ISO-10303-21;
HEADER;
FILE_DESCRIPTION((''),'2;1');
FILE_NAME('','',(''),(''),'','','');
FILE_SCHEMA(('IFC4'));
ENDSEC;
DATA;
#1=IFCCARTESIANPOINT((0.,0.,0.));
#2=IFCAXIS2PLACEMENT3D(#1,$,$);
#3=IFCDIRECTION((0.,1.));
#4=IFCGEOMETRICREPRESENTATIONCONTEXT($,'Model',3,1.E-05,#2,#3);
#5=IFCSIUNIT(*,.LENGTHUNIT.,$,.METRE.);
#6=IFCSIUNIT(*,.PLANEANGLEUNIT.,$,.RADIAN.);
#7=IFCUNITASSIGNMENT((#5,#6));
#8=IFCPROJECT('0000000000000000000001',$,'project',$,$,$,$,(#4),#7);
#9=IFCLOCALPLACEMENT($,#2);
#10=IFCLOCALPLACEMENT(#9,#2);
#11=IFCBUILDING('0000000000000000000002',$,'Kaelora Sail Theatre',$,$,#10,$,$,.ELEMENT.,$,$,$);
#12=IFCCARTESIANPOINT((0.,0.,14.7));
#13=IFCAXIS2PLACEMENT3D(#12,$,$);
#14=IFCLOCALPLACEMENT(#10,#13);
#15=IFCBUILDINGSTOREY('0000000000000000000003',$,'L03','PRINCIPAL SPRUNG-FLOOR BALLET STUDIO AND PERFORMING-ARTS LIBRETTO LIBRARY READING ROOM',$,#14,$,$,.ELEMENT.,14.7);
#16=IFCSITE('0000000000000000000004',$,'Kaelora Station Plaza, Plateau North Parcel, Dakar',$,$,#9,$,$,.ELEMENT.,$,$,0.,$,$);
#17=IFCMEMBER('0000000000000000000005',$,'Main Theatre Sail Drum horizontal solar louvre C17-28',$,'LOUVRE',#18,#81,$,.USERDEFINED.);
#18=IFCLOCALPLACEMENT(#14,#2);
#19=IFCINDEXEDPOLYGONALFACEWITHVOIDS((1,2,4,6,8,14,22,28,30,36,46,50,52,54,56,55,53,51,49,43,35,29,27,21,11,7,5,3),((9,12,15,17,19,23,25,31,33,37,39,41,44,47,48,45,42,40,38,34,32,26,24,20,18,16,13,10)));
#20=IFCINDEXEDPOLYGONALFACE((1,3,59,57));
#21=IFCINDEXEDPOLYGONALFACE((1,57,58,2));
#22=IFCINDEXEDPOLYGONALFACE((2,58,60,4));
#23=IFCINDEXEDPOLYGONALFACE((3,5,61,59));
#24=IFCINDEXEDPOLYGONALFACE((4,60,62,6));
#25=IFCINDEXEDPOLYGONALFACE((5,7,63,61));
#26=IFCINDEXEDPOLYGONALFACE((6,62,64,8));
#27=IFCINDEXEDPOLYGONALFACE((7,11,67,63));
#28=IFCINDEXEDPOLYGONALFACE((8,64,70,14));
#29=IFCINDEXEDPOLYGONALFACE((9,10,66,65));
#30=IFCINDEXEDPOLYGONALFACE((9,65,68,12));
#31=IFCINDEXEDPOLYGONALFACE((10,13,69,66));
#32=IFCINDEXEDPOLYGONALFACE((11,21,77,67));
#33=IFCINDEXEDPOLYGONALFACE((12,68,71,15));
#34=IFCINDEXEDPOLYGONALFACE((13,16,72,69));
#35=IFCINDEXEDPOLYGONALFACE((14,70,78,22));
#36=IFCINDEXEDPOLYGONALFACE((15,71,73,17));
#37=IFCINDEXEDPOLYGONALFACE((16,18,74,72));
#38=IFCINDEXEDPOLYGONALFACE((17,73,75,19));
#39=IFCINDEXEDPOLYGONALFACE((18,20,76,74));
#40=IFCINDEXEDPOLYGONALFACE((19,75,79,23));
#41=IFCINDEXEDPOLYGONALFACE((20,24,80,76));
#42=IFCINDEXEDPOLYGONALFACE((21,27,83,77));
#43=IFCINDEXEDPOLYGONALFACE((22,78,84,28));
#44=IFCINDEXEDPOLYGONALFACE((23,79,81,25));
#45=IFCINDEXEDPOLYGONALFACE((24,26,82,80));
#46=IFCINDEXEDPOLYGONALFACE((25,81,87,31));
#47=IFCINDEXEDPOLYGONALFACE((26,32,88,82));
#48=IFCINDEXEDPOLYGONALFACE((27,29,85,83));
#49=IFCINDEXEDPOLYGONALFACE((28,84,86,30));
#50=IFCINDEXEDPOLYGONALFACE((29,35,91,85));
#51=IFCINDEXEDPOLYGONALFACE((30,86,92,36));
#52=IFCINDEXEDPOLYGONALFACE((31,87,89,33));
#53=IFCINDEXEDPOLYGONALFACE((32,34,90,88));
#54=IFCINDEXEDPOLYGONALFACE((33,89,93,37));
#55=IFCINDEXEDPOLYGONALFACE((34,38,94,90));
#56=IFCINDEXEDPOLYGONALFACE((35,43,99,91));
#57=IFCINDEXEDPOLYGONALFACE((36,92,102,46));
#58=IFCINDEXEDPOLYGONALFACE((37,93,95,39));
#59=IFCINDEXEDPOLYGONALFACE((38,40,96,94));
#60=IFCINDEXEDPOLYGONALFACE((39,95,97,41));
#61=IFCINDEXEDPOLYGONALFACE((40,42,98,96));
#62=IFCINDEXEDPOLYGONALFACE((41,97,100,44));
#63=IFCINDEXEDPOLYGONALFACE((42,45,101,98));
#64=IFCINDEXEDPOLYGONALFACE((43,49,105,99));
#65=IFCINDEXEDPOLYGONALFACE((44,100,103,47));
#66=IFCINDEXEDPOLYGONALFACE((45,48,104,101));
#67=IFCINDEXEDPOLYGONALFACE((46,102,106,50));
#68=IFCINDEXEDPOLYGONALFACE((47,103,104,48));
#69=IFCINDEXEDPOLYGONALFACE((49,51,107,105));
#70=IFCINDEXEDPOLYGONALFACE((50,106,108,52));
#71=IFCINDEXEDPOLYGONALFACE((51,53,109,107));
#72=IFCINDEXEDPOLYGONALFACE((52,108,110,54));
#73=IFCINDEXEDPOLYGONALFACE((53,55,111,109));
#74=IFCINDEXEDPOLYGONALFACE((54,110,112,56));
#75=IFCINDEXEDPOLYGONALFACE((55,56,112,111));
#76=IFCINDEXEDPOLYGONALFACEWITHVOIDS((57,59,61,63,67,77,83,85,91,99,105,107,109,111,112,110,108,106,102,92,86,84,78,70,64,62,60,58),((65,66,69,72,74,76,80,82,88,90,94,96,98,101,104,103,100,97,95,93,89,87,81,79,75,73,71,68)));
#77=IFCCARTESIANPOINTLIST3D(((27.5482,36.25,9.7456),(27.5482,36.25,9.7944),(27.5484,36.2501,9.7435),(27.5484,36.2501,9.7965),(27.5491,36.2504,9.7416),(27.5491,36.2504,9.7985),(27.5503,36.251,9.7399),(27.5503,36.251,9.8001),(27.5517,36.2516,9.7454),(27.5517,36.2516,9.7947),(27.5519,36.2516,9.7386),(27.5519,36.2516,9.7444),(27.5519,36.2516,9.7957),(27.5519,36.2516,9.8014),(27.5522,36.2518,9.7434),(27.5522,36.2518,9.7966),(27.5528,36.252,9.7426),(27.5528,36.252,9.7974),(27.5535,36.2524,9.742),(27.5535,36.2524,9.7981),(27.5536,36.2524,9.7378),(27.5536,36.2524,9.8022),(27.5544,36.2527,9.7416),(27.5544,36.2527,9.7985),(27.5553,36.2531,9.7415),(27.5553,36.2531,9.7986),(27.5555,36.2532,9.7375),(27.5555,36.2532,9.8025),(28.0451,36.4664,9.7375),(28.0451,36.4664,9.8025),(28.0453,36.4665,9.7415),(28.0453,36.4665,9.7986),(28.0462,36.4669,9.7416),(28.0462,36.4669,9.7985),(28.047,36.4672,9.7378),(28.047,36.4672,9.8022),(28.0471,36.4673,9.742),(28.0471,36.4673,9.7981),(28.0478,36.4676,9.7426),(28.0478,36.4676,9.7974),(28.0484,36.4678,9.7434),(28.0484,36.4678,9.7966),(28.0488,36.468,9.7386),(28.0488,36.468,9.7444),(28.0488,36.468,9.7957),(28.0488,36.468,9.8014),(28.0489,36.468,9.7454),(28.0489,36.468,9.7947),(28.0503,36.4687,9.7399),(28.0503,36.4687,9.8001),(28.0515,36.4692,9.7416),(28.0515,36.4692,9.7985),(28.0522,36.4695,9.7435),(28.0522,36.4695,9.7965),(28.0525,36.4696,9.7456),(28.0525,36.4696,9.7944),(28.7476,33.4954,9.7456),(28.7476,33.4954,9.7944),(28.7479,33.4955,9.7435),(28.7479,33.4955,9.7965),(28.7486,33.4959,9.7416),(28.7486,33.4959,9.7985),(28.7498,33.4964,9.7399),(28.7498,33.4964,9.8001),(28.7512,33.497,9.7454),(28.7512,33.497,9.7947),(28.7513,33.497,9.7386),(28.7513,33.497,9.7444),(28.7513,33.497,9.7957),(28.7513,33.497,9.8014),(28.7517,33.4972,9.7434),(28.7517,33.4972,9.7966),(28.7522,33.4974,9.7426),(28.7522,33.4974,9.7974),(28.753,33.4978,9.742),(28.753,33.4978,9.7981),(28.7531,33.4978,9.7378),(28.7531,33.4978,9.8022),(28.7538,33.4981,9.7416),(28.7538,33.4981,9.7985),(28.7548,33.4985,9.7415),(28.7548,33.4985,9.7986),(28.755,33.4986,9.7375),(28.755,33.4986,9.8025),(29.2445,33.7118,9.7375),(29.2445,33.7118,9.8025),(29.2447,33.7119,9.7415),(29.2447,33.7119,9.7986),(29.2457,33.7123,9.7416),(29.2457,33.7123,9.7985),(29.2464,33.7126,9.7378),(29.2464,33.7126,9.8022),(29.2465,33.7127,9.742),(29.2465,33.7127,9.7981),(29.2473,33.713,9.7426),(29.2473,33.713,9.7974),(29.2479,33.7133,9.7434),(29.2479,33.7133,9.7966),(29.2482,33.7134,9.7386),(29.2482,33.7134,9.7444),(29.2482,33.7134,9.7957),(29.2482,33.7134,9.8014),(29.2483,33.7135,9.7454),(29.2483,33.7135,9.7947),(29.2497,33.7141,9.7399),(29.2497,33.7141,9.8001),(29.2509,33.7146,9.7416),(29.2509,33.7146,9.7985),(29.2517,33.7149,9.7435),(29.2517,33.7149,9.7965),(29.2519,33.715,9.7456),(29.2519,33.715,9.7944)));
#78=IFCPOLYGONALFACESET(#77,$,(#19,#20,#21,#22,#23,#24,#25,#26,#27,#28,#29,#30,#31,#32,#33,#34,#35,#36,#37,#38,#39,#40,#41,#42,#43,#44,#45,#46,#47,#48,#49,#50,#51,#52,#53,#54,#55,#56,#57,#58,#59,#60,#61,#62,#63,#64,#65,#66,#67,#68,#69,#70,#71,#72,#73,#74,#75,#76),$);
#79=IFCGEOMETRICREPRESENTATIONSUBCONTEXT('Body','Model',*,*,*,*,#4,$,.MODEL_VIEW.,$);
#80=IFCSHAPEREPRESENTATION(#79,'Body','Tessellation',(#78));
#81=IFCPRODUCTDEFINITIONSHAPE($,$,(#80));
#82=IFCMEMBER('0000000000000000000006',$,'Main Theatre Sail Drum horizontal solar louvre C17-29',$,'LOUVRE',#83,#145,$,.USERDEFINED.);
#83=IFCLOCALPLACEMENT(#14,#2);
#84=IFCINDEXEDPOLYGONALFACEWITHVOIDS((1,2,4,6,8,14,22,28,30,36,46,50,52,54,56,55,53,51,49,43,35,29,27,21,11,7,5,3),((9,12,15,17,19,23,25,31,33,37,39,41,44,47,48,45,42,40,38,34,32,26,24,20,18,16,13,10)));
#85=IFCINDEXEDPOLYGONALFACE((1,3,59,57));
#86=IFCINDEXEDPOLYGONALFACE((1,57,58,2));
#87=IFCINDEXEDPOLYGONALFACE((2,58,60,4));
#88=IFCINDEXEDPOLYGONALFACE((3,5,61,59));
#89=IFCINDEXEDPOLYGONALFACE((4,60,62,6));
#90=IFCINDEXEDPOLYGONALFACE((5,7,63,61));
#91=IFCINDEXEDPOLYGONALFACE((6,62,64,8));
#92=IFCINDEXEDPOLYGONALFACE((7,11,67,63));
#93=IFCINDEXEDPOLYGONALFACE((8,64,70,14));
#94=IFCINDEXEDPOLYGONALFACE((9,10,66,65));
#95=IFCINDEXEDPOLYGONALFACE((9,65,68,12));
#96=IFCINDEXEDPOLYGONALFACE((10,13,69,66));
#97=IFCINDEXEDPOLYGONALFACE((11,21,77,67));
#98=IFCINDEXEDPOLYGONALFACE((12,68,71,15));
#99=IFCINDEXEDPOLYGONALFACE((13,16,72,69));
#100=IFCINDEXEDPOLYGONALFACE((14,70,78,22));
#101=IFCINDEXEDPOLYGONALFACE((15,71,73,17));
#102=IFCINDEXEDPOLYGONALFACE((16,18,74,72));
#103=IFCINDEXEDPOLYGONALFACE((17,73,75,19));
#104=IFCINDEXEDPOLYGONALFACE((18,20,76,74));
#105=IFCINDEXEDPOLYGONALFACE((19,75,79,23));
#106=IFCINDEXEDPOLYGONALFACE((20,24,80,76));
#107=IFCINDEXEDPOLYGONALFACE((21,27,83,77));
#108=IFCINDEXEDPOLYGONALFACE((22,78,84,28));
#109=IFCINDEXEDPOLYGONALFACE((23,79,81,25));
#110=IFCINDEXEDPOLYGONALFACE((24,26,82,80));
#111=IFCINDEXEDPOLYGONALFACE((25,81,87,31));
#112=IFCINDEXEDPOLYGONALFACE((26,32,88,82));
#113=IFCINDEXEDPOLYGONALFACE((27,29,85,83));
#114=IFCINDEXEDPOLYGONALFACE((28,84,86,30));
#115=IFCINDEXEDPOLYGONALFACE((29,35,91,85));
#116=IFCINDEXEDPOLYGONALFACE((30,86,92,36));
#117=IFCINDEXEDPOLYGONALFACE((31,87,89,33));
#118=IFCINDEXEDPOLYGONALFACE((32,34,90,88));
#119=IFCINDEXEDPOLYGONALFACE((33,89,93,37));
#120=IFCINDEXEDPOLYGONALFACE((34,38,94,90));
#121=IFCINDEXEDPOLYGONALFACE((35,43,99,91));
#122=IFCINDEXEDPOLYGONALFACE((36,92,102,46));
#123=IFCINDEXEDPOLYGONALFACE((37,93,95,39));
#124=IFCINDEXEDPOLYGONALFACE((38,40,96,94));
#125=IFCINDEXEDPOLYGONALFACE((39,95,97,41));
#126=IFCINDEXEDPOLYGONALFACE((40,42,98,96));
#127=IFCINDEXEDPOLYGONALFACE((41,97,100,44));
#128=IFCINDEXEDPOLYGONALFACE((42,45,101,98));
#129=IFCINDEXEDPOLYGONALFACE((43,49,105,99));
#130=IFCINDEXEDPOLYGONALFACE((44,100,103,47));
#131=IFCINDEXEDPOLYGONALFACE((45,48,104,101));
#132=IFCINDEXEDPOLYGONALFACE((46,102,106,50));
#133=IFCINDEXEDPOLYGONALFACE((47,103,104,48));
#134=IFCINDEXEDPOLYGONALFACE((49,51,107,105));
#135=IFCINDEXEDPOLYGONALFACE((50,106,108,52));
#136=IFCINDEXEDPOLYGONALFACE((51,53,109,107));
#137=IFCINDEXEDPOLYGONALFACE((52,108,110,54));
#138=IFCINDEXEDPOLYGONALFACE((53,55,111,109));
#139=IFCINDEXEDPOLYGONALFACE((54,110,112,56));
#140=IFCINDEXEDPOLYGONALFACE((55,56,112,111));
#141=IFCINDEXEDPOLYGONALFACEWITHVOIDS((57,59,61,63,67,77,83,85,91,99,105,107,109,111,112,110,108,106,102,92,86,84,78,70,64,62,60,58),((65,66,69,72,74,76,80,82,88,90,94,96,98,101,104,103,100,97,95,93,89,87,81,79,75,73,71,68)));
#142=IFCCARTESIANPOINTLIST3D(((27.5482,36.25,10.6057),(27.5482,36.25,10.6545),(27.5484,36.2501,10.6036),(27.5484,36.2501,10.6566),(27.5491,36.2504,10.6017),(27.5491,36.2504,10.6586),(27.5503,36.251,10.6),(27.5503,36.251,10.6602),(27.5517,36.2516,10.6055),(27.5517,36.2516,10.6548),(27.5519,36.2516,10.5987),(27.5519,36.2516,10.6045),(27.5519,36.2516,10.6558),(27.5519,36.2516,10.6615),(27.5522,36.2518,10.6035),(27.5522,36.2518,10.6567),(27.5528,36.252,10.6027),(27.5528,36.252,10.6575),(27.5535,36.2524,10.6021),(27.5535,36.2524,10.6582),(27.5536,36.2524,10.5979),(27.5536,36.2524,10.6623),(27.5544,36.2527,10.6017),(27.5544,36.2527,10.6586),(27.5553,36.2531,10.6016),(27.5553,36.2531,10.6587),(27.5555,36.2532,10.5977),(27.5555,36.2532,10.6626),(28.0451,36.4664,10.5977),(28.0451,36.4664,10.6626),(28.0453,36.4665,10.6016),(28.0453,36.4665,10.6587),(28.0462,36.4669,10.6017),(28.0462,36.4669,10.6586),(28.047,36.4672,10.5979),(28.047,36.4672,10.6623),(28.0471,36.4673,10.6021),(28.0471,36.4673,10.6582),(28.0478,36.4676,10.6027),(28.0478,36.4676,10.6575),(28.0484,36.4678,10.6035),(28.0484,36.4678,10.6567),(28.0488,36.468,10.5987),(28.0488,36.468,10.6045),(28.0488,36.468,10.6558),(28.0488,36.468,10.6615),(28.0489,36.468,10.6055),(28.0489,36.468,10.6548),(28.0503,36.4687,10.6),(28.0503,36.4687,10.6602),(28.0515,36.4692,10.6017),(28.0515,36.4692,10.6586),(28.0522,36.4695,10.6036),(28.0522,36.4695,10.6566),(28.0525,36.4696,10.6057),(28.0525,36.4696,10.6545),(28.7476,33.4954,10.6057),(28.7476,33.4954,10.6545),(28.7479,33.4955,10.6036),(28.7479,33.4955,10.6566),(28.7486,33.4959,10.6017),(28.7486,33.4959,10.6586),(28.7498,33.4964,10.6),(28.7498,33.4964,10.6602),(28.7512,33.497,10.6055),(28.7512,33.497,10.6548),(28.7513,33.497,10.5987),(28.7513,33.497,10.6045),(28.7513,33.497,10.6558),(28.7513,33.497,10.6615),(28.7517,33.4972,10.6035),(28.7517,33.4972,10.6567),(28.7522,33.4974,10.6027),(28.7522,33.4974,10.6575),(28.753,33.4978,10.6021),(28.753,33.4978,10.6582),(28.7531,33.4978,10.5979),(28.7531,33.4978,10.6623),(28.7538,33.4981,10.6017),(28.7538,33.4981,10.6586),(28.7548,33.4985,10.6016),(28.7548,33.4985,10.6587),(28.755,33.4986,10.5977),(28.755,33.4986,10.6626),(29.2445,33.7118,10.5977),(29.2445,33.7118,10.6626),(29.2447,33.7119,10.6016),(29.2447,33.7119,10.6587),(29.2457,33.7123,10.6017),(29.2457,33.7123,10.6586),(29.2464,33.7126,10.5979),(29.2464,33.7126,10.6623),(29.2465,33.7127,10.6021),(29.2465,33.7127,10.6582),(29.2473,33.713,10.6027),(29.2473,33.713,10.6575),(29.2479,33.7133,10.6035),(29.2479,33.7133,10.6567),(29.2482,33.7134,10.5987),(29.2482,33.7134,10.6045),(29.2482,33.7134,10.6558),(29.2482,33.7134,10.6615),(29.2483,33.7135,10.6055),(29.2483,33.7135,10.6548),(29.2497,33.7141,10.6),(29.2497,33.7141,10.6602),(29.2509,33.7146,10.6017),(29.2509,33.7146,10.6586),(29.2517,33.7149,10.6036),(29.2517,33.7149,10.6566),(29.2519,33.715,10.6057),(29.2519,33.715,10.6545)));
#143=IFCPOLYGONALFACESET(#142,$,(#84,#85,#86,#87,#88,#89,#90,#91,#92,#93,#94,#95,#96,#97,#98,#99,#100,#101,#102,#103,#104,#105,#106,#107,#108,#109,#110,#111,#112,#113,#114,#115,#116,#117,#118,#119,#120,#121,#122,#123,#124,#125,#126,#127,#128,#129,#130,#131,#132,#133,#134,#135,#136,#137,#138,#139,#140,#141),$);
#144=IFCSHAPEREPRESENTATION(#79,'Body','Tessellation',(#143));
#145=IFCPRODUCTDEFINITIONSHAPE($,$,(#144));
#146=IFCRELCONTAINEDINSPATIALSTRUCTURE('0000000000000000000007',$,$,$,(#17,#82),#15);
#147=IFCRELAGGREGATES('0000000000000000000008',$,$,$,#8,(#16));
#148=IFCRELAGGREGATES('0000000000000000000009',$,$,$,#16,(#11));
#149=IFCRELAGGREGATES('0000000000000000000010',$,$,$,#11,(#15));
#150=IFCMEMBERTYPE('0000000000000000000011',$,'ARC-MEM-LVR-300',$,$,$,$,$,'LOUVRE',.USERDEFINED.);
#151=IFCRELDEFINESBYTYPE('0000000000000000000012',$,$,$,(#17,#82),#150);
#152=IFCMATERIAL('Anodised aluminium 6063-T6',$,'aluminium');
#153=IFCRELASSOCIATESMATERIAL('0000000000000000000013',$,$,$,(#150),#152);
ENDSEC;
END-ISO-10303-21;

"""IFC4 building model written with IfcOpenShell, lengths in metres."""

from ifc_helpers import new_model, si_unit, direction, frame, origin, origin_2d, place, context, subcontext, project, spatial, hollow_rectangle, extrude, material, material_profile, profile_set, type_object, element, save


model = new_model("IFC4")

# Units and contexts
model_context = context("Model", 3, precision=1e-05, world=origin(), true_north=direction((0.0, 1.0)))
body_context = subcontext(model_context, "Body", "Model", "MODEL_VIEW")
ifc_project = project(units=[si_unit("LENGTHUNIT", "METRE"), si_unit("PLANEANGLEUNIT", "RADIAN")], contexts=[model_context])

# Site, building, storey
site_placement = place(None, origin())
site = spatial("IfcSite", under=ifc_project, at=site_placement, Name="Kaelora Station Plaza, Plateau North Parcel, Dakar", CompositionType="ELEMENT", RefElevation=0.0)
building_placement = place(site_placement, origin())
building = spatial("IfcBuilding", under=site, at=building_placement, Name="Kaelora Sail Theatre", CompositionType="ELEMENT")
storey_placement = place(building_placement, frame((0.0, 0.0, 14.7)))
storey = spatial("IfcBuildingStorey", under=building, at=storey_placement, Name="L03", Description="PRINCIPAL SPRUNG-FLOOR BALLET STUDIO AND PERFORMING-ARTS LIBRETTO LIBRARY READING ROOM", CompositionType="ELEMENT", Elevation=14.7)

# Members
ifc_material_1 = material(Name="Anodised aluminium 6063-T6", Category="aluminium")
ifc_material_profile_1 = material_profile(ifc_material_1, hollow_rectangle(XDim=0.55, YDim=0.0649, WallThickness=0.0039, InnerFilletRadius=0.0039, OuterFilletRadius=0.0081, at=origin_2d()), Name="LOUVRE 550x65x4")
ifc_profile_set_1 = profile_set([ifc_material_profile_1], Name="Anodised aluminium 6063-T6")
member_type = type_object("IfcMemberType", Name="ARC-MEM-LVR-300", ElementType="LOUVRE", PredefinedType="USERDEFINED", material=ifc_profile_set_1)
for number, where, z_axis, x_axis, name in (
    (1, (28.9998, 33.6052, 9.77), (-0.399228, 0.916852, 0.0), (-0.916852, -0.399228, 0.0), "Main Theatre Sail Drum horizontal solar louvre C17-28"),
    (2, (28.9998, 33.6052, 10.6301), (-0.399228, 0.916852, 0.0), (-0.916852, -0.399228, 0.0), "Main Theatre Sail Drum horizontal solar louvre C17-29"),
):
    element("IfcMember", number, at=place(storey_placement, frame(where, z_axis=z_axis, x_axis=x_axis)), inside=storey, type_object=member_type, Name=name, ObjectType="LOUVRE", PredefinedType="USERDEFINED", context=body_context, shape_type="SweptSolid", body=[
        extrude(hollow_rectangle(XDim=0.55, YDim=0.0649, WallThickness=0.0039, InnerFilletRadius=0.0039, OuterFilletRadius=0.0081, at=origin_2d()), origin(), (0.0, 0.0, 1.0), 3.0044),
    ])

save(model, "model.ifc")
